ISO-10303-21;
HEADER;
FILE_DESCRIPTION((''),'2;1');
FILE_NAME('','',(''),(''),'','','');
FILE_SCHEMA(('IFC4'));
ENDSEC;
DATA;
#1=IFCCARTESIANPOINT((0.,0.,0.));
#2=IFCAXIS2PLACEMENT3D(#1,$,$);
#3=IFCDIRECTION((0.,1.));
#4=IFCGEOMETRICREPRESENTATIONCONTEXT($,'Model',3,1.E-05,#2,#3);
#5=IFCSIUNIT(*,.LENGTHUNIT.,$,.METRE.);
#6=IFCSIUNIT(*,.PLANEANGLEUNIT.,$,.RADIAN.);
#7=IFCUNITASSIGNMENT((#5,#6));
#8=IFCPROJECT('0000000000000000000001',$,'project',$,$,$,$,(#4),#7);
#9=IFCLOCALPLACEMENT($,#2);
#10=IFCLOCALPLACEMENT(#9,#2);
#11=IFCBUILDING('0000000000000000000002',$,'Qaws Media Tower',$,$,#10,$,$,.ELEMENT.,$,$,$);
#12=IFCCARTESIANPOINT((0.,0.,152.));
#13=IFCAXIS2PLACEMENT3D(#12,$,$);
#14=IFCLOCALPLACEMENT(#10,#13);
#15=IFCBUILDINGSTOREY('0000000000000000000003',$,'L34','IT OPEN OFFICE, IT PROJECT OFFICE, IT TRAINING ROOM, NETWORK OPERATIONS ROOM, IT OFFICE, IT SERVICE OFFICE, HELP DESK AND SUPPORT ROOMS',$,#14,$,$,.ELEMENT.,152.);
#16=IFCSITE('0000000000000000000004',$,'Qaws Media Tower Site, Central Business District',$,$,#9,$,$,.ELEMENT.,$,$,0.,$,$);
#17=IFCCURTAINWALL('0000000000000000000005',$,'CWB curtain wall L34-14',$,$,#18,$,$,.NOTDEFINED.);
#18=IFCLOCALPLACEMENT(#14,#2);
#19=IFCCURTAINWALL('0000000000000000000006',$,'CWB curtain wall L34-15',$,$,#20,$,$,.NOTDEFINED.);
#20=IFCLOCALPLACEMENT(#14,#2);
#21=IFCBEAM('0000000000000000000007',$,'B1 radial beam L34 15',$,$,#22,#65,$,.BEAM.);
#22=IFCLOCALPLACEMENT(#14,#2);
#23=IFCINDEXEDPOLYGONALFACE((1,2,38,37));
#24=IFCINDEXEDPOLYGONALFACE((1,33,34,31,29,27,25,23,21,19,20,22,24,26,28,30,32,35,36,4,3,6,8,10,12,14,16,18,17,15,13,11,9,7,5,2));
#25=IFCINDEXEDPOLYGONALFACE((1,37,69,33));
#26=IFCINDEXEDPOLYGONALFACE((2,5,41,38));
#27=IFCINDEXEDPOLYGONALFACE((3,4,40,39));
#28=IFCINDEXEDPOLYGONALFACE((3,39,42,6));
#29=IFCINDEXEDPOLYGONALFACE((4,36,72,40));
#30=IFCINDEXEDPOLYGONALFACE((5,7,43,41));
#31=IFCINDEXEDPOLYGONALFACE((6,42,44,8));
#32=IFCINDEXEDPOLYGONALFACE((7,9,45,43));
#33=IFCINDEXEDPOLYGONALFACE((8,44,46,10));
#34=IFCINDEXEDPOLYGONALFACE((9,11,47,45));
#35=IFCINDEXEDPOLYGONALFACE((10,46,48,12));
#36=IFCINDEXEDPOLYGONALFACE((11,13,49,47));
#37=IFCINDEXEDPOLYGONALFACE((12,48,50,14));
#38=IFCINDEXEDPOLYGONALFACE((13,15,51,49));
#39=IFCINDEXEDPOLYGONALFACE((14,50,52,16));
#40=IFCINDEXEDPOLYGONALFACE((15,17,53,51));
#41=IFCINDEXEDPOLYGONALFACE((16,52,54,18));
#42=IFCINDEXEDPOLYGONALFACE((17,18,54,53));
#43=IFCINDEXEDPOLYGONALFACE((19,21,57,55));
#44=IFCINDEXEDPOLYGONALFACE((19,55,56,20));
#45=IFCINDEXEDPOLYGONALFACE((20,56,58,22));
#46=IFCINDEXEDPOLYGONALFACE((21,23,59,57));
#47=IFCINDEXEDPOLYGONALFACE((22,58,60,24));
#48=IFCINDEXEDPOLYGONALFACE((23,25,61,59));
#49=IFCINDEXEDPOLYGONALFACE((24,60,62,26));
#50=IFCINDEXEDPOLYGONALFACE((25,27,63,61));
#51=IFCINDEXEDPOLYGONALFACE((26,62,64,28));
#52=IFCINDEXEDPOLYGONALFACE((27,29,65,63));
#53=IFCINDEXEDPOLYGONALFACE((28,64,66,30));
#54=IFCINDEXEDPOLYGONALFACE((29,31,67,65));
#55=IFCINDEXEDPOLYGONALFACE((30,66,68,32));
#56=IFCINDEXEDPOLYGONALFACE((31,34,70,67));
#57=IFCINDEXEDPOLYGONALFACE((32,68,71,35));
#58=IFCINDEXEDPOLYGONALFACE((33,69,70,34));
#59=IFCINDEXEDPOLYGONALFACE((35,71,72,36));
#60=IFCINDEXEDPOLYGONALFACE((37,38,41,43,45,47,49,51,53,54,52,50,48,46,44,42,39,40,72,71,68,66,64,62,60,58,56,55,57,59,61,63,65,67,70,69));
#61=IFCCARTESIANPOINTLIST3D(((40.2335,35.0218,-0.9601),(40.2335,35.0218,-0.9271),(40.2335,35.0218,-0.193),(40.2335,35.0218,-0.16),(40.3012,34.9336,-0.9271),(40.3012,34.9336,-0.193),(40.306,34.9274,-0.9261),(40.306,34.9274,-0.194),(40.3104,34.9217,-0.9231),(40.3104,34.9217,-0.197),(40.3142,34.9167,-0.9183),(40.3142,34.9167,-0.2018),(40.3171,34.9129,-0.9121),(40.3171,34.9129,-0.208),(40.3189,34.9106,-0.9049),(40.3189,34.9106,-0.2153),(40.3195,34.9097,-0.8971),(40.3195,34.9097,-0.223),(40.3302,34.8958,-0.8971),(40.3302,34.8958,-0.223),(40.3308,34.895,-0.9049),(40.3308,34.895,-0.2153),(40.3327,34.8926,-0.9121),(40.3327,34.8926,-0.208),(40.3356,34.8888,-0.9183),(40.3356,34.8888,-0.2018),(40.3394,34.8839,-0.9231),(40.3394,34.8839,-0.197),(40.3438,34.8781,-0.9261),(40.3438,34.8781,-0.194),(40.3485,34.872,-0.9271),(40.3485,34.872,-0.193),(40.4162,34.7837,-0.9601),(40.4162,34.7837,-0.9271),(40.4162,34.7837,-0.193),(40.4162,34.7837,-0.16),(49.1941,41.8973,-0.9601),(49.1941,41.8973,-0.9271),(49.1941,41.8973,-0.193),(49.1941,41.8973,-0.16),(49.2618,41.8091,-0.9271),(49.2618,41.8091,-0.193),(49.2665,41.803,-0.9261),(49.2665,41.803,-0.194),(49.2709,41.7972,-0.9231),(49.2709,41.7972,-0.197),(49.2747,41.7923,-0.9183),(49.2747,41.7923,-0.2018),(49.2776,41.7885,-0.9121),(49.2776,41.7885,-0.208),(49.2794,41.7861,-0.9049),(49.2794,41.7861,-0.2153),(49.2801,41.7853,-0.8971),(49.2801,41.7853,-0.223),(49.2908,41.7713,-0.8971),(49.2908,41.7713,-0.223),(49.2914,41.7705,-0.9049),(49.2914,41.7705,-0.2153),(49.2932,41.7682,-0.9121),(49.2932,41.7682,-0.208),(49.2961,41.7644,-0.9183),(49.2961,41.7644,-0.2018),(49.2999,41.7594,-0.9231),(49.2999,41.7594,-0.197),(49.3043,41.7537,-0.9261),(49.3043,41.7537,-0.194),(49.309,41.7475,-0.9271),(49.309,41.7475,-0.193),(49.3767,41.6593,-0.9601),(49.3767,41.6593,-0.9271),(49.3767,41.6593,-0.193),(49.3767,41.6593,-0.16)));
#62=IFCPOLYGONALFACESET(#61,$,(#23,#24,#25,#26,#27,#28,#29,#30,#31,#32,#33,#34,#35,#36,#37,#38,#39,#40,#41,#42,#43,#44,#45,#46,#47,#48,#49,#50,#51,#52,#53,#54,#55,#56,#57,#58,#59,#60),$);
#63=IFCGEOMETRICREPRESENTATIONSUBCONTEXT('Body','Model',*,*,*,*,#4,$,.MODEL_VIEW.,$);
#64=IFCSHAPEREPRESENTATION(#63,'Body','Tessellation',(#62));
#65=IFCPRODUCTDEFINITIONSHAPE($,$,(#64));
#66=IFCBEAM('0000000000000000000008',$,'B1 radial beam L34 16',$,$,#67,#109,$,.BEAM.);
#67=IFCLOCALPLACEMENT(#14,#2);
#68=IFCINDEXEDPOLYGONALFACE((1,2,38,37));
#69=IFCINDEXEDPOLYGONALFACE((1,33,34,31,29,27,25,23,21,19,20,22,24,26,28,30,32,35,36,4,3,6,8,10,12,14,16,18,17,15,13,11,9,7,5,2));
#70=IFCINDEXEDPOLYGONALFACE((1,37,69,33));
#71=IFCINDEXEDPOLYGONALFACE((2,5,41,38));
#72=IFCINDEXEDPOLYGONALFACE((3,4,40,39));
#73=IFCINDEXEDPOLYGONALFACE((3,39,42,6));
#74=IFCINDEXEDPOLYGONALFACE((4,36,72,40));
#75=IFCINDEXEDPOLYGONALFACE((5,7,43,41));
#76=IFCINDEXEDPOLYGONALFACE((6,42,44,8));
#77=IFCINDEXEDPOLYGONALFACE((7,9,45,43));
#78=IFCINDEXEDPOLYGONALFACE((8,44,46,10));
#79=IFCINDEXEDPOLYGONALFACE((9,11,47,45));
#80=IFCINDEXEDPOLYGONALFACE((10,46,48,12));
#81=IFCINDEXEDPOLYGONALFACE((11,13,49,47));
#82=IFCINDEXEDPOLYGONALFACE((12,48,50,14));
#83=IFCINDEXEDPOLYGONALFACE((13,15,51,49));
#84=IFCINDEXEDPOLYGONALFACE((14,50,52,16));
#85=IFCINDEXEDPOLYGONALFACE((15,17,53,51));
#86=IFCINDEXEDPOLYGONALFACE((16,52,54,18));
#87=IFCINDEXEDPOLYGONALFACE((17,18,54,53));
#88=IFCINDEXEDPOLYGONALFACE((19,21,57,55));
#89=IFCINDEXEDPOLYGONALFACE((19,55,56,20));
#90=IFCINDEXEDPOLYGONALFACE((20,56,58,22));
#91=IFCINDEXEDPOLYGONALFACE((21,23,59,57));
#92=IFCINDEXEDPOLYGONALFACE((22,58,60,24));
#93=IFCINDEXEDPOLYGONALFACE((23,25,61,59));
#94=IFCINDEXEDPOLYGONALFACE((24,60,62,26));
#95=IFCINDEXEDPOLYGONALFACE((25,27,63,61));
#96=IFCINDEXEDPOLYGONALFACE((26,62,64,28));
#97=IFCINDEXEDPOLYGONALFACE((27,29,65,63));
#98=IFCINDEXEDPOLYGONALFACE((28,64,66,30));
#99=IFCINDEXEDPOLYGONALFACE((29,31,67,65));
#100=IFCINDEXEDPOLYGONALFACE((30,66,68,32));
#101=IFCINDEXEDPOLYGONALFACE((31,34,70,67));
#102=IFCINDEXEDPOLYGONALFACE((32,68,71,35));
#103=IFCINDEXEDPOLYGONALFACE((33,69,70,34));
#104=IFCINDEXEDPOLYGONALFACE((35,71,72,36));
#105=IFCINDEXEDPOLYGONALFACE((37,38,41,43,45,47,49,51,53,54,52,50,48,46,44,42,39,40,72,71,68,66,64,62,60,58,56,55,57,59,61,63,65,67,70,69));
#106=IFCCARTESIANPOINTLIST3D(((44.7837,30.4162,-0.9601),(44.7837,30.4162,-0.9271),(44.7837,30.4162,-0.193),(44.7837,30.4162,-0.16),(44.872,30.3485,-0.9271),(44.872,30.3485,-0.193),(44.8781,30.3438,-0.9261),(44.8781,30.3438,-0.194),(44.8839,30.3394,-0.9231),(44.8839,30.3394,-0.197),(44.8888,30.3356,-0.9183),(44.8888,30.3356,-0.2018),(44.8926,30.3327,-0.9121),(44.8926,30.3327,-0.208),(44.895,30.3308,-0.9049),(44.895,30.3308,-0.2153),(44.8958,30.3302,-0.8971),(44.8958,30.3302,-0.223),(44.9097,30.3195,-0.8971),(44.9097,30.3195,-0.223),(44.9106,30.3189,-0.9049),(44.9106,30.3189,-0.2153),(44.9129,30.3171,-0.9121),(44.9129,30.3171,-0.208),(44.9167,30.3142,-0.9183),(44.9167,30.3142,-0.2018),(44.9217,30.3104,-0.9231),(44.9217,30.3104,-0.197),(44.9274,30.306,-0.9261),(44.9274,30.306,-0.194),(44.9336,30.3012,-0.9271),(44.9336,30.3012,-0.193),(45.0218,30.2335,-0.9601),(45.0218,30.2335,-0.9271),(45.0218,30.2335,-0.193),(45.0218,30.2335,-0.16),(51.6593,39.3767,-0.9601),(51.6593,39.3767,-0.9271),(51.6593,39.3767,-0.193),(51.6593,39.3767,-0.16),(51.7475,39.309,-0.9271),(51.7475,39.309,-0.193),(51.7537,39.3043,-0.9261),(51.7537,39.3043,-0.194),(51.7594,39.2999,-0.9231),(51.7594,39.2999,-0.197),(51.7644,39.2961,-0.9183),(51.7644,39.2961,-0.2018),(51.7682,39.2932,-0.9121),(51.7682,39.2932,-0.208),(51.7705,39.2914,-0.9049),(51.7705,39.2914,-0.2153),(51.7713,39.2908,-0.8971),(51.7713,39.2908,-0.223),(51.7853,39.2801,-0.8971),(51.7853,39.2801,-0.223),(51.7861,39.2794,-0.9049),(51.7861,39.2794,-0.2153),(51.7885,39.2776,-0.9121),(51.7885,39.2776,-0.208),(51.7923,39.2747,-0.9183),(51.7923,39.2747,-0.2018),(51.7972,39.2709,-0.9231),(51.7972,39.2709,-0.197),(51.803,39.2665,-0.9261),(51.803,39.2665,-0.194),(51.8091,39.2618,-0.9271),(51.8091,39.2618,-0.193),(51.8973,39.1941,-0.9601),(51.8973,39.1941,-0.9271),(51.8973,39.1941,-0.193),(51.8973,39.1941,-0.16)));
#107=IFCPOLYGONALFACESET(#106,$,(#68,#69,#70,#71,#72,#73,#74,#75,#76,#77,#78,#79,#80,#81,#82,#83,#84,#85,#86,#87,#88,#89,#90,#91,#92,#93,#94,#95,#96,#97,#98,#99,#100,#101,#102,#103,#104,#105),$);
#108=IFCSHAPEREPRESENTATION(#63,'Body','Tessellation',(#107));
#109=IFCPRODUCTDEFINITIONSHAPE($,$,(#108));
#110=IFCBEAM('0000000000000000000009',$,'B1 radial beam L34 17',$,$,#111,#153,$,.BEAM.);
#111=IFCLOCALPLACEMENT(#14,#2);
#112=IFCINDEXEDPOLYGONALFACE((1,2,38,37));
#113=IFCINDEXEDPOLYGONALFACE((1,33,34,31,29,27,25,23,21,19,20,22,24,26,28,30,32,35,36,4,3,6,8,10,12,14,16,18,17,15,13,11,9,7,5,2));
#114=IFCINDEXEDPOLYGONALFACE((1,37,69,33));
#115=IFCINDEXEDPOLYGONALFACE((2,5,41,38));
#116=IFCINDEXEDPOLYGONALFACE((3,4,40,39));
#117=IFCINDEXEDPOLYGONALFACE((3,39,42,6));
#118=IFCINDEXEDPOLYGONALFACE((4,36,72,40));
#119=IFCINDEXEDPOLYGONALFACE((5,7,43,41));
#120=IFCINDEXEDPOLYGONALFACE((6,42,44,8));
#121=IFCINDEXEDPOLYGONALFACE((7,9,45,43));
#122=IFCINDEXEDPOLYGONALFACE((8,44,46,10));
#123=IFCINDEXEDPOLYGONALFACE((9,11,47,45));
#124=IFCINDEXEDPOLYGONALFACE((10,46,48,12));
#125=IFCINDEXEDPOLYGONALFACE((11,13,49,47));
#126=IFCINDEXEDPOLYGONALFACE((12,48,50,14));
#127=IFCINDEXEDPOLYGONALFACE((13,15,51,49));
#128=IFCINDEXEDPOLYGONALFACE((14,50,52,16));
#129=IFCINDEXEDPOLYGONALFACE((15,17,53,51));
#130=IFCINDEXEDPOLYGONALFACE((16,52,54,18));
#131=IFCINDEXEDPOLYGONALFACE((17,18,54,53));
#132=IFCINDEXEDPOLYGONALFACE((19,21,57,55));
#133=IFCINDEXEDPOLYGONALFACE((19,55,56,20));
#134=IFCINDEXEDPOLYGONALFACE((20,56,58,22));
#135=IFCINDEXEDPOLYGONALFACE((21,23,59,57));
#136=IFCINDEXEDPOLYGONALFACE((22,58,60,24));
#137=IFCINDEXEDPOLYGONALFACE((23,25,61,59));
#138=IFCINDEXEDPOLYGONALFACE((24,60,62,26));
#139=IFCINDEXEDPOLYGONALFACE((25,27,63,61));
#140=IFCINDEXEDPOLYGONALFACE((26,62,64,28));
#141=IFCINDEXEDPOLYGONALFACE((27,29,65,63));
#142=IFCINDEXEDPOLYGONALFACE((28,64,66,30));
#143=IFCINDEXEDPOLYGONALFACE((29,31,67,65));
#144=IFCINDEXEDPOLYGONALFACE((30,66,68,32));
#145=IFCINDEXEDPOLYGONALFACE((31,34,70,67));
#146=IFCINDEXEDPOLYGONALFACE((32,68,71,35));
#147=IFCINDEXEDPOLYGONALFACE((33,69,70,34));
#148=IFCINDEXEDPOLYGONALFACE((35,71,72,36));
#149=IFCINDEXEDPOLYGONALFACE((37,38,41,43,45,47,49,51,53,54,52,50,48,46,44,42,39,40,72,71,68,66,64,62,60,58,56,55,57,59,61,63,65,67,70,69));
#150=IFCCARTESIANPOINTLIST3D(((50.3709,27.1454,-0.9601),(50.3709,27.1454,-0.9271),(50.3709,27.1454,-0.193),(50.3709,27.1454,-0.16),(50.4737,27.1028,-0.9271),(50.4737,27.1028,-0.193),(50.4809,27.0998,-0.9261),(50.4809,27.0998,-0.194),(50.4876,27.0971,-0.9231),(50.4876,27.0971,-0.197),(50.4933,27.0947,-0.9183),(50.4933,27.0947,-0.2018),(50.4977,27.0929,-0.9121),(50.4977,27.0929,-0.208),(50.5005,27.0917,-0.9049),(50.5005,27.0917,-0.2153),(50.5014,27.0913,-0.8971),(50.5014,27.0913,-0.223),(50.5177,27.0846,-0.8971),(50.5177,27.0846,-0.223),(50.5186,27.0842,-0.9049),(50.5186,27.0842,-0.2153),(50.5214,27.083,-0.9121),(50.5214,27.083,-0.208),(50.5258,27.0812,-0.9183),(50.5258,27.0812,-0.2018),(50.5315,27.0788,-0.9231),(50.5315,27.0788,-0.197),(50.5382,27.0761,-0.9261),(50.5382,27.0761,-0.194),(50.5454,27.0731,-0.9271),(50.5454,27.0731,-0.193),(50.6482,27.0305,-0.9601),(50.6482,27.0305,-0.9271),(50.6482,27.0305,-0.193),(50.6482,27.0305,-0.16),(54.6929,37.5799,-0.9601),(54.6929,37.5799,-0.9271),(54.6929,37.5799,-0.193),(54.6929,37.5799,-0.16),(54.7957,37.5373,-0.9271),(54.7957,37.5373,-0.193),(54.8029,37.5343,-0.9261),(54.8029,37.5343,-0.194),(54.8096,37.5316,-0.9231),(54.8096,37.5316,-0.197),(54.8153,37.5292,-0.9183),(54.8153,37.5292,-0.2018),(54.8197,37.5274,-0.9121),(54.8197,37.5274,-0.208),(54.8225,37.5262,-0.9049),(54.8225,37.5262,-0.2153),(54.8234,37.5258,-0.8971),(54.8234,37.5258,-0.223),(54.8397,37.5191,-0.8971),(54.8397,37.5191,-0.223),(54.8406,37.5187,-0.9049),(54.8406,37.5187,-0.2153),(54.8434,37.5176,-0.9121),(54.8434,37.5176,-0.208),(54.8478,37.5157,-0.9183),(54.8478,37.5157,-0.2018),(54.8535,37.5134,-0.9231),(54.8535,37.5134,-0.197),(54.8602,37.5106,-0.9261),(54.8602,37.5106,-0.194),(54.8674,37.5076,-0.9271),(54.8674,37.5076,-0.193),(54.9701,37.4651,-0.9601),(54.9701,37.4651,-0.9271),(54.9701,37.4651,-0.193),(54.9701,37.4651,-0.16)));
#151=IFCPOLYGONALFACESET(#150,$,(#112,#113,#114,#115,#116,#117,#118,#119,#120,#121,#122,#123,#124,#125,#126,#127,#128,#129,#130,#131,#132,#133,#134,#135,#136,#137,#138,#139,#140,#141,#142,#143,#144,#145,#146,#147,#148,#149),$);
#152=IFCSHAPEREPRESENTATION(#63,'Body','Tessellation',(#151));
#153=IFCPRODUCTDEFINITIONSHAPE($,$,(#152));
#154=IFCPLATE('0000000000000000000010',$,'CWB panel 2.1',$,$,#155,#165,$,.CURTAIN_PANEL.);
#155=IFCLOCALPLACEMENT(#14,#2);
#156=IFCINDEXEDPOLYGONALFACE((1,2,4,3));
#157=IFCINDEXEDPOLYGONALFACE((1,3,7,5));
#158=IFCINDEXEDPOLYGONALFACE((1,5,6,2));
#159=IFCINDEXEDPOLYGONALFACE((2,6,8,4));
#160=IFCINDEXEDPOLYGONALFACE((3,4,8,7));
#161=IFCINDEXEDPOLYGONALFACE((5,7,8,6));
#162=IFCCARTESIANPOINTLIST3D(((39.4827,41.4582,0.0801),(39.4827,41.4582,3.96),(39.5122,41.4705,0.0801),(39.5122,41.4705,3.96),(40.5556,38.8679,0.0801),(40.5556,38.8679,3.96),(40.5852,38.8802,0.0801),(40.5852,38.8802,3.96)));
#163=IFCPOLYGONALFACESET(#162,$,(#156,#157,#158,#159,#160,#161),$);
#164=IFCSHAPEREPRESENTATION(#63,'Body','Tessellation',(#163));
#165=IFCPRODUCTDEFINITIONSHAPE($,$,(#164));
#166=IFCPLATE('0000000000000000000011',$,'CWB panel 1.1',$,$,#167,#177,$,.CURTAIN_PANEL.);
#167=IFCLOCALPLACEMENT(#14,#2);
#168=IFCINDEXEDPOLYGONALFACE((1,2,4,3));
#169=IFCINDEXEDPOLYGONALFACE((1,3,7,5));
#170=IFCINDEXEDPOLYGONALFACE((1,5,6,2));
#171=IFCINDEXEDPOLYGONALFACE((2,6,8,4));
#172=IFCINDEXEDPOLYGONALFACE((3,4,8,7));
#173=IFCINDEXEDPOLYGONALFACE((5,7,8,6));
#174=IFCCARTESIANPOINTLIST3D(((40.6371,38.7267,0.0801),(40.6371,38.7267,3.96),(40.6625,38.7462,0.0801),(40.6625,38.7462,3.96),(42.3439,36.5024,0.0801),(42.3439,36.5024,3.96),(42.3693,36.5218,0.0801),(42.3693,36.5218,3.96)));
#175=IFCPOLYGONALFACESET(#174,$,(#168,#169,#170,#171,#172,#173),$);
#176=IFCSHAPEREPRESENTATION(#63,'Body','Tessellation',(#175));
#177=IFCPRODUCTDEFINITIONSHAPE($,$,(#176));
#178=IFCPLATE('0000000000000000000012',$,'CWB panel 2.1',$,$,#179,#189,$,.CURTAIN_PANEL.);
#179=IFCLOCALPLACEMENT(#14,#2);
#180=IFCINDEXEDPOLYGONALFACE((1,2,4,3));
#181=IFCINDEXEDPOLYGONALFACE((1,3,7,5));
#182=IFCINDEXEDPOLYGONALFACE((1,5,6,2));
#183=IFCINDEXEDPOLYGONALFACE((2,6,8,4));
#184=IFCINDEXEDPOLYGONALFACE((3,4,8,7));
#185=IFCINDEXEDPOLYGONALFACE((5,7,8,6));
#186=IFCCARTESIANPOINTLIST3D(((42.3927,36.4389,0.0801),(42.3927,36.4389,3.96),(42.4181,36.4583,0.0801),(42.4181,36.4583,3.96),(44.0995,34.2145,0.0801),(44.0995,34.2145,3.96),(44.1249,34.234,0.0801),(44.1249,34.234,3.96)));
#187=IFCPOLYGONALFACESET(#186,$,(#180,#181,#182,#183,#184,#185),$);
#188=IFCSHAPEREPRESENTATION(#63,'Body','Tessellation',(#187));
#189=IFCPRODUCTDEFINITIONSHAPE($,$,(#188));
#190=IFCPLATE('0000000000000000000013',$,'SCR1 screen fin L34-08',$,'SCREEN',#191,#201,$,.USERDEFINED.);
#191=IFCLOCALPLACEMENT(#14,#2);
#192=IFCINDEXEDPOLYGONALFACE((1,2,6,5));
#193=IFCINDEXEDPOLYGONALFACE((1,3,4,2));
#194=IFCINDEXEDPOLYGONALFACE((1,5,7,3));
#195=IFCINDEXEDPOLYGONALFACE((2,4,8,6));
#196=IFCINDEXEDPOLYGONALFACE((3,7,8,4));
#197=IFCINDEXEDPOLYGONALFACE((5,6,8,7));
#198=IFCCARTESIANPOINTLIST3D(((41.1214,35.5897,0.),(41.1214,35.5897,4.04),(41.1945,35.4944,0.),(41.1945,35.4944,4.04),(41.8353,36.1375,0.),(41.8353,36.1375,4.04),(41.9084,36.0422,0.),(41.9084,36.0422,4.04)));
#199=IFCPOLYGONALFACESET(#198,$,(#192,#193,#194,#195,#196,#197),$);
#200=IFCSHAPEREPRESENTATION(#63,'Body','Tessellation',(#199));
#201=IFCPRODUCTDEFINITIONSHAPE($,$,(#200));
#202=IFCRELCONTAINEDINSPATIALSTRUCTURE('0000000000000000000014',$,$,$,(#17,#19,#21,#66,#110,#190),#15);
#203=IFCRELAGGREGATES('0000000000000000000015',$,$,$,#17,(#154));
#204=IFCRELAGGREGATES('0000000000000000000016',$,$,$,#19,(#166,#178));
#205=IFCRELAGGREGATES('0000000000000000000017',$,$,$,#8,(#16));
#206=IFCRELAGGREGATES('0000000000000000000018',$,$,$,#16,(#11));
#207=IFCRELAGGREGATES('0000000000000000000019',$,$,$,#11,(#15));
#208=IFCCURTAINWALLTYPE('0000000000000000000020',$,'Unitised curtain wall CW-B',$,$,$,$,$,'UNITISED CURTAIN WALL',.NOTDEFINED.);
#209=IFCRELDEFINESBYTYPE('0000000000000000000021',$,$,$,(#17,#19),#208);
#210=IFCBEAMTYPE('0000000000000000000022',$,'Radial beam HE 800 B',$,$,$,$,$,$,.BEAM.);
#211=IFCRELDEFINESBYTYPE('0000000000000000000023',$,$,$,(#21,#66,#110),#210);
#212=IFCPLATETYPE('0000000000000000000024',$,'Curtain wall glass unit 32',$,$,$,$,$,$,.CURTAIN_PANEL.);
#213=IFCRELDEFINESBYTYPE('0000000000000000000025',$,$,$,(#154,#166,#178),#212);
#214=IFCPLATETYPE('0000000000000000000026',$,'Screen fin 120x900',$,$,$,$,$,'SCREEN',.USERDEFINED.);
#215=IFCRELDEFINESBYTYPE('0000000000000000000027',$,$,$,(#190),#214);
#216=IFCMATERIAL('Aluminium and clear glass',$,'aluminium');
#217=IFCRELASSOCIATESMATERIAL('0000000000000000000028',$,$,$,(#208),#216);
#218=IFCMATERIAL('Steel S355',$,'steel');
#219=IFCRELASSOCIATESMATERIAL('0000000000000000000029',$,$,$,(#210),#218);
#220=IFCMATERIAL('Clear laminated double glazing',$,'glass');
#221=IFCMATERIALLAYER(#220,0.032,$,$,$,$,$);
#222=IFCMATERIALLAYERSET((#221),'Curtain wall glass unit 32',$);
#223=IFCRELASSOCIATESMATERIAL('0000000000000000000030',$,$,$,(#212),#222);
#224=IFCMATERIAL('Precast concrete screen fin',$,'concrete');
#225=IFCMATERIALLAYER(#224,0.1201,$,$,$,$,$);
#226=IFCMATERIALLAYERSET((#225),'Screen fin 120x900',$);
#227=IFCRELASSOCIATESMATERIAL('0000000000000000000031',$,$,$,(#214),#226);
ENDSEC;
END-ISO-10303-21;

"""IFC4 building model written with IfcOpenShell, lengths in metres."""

from ifc_helpers import new_model, si_unit, direction, frame, origin, origin_2d, place, context, subcontext, project, spatial, rectangle, i_section, extrude, material, layer, layer_set, material_profile, profile_set, type_object, element, aggregate, save


model = new_model("IFC4")

# Units and contexts
model_context = context("Model", 3, precision=1e-05, world=origin(), true_north=direction((0.0, 1.0)))
body_context = subcontext(model_context, "Body", "Model", "MODEL_VIEW")
ifc_project = project(units=[si_unit("LENGTHUNIT", "METRE"), si_unit("PLANEANGLEUNIT", "RADIAN")], contexts=[model_context])

# Site, building, storey
site_placement = place(None, origin())
site = spatial("IfcSite", under=ifc_project, at=site_placement, Name="Qaws Media Tower Site, Central Business District", CompositionType="ELEMENT", RefElevation=0.0)
building_placement = place(site_placement, origin())
building = spatial("IfcBuilding", under=site, at=building_placement, Name="Qaws Media Tower", CompositionType="ELEMENT")
storey_placement = place(building_placement, frame((0.0, 0.0, 152.0)))
storey = spatial("IfcBuildingStorey", under=building, at=storey_placement, Name="L34", Description="IT OPEN OFFICE, IT PROJECT OFFICE, IT TRAINING ROOM, NETWORK OPERATIONS ROOM, IT OFFICE, IT SERVICE OFFICE, HELP DESK AND SUPPORT ROOMS", CompositionType="ELEMENT", Elevation=152.0)

# Curtain wall
ifc_material_1 = material(Name="Aluminium and clear glass", Category="aluminium")
curtain_wall_type = type_object("IfcCurtainWallType", Name="Unitised curtain wall CW-B", ElementType="UNITISED CURTAIN WALL", PredefinedType="NOTDEFINED", material=ifc_material_1)
curtain_wall_1_placement = place(storey_placement, origin())
curtain_wall_1 = element("IfcCurtainWall", 1, at=curtain_wall_1_placement, inside=storey, type_object=curtain_wall_type, Name="CWB curtain wall L34-14", PredefinedType="NOTDEFINED")

# Curtain wall
curtain_wall_2_placement = place(storey_placement, origin())
curtain_wall_2 = element("IfcCurtainWall", 2, at=curtain_wall_2_placement, inside=storey, type_object=curtain_wall_type, Name="CWB curtain wall L34-15", PredefinedType="NOTDEFINED")

# Beams
ifc_material_2 = material(Name="Steel S355", Category="steel")
ifc_material_profile_1 = material_profile(ifc_material_2, i_section(OverallWidth=0.3, OverallDepth=0.8, WebThickness=0.0176, FlangeThickness=0.033, FilletRadius=0.03, at=origin_2d()), Name="HE 800 B")
ifc_profile_set_1 = profile_set([ifc_material_profile_1], Name="Steel S355")
beam_type_1 = type_object("IfcBeamType", Name="Radial beam HE 800 B", PredefinedType="BEAM", material=ifc_profile_set_1)
for number, where, z_axis, x_axis, name in (
    (3, (49.2854, 41.7783, -0.5601), (-0.793358, -0.608756, 0.0), (0.608756, -0.793358, 0.0), "B1 radial beam L34 15"),
    (4, (51.7783, 39.2854, -0.5601), (-0.608756, -0.793358, 0.0), (0.793358, -0.608756, 0.0), "B1 radial beam L34 16"),
):
    element("IfcBeam", number, at=place(storey_placement, frame(where, z_axis=z_axis, x_axis=x_axis)), inside=storey, type_object=beam_type_1, Name=name, PredefinedType="BEAM", context=body_context, shape_type="SweptSolid", body=[
        extrude(i_section(OverallWidth=0.3, OverallDepth=0.8, WebThickness=0.0176, FlangeThickness=0.033, FilletRadius=0.03, at=origin_2d()), origin(), (0.0, 0.0, 1.0), 11.2944),
    ])
beam_1_placement = place(storey_placement, frame((54.8315, 37.5225, -0.5601), z_axis=(-0.382674, -0.923883, 0.0), x_axis=(0.923883, -0.382674, 0.0)))
element("IfcBeam", 5, at=beam_1_placement, inside=storey, type_object=beam_type_1, Name="B1 radial beam L34 17", PredefinedType="BEAM", context=body_context, shape_type="SweptSolid", body=[
    extrude(i_section(OverallWidth=0.3, OverallDepth=0.8, WebThickness=0.0176, FlangeThickness=0.033, FilletRadius=0.03, at=origin_2d()), origin(), (0.0, 0.0, 1.0), 11.2942),
])

# Plates
ifc_material_3 = material(Name="Clear laminated double glazing", Category="glass")
ifc_layer_1 = layer(ifc_material_3, 0.032)
ifc_layer_set_1 = layer_set([ifc_layer_1], Name="Curtain wall glass unit 32")
plate_type_1 = type_object("IfcPlateType", Name="Curtain wall glass unit 32", PredefinedType="CURTAIN_PANEL", material=ifc_layer_set_1)
plate_1_placement = place(storey_placement, frame((40.0339, 40.1692, 0.0801), z_axis=(0.0, 0.0, 1.0), x_axis=(0.382684, -0.923879, 0.0)))
plate_1 = element("IfcPlate", 6, at=plate_1_placement, type_object=plate_type_1, Name="CWB panel 2.1", PredefinedType="CURTAIN_PANEL", context=body_context, shape_type="SweptSolid", body=[
    extrude(rectangle(XDim=2.8037, YDim=0.032, at=origin_2d()), origin(), (0.0, 0.0, 1.0), 3.8799),
])
aggregate(curtain_wall_1, [plate_1])
plate_2_placement = place(storey_placement, frame((41.5032, 37.6243, 0.0801), z_axis=(0.0, 0.0, 1.0), x_axis=(0.608761, -0.793353, 0.0)))
plate_2 = element("IfcPlate", 7, at=plate_2_placement, type_object=plate_type_1, Name="CWB panel 1.1", PredefinedType="CURTAIN_PANEL", context=body_context, shape_type="SweptSolid", body=[
    extrude(rectangle(XDim=2.8037, YDim=0.032, at=origin_2d()), origin(), (0.0, 0.0, 1.0), 3.8799),
])
plate_3_placement = place(storey_placement, frame((43.2588, 35.3364, 0.0801), z_axis=(0.0, 0.0, 1.0), x_axis=(0.608761, -0.793353, 0.0)))
plate_3 = element("IfcPlate", 8, at=plate_3_placement, type_object=plate_type_1, Name="CWB panel 2.1", PredefinedType="CURTAIN_PANEL", context=body_context, shape_type="SweptSolid", body=[
    extrude(rectangle(XDim=2.8037, YDim=0.032, at=origin_2d()), origin(), (0.0, 0.0, 1.0), 3.8799),
])
aggregate(curtain_wall_2, [plate_2, plate_3])
ifc_material_4 = material(Name="Precast concrete screen fin", Category="concrete")
ifc_layer_2 = layer(ifc_material_4, 0.1201)
ifc_layer_set_2 = layer_set([ifc_layer_2], Name="Screen fin 120x900")
plate_type_2 = type_object("IfcPlateType", Name="Screen fin 120x900", ElementType="SCREEN", PredefinedType="USERDEFINED", material=ifc_layer_set_2)
plate_4_placement = place(storey_placement, frame((41.5149, 35.8159, 0.0), z_axis=(0.0, 0.0, 1.0), x_axis=(-0.793353, -0.608761, 0.0)))
element("IfcPlate", 9, at=plate_4_placement, inside=storey, type_object=plate_type_2, Name="SCR1 screen fin L34-08", ObjectType="SCREEN", PredefinedType="USERDEFINED", context=body_context, shape_type="SweptSolid", body=[
    extrude(rectangle(XDim=0.8999, YDim=0.1201, at=origin_2d()), origin(), (0.0, 0.0, 1.0), 4.04),
])

save(model, "model.ifc")
